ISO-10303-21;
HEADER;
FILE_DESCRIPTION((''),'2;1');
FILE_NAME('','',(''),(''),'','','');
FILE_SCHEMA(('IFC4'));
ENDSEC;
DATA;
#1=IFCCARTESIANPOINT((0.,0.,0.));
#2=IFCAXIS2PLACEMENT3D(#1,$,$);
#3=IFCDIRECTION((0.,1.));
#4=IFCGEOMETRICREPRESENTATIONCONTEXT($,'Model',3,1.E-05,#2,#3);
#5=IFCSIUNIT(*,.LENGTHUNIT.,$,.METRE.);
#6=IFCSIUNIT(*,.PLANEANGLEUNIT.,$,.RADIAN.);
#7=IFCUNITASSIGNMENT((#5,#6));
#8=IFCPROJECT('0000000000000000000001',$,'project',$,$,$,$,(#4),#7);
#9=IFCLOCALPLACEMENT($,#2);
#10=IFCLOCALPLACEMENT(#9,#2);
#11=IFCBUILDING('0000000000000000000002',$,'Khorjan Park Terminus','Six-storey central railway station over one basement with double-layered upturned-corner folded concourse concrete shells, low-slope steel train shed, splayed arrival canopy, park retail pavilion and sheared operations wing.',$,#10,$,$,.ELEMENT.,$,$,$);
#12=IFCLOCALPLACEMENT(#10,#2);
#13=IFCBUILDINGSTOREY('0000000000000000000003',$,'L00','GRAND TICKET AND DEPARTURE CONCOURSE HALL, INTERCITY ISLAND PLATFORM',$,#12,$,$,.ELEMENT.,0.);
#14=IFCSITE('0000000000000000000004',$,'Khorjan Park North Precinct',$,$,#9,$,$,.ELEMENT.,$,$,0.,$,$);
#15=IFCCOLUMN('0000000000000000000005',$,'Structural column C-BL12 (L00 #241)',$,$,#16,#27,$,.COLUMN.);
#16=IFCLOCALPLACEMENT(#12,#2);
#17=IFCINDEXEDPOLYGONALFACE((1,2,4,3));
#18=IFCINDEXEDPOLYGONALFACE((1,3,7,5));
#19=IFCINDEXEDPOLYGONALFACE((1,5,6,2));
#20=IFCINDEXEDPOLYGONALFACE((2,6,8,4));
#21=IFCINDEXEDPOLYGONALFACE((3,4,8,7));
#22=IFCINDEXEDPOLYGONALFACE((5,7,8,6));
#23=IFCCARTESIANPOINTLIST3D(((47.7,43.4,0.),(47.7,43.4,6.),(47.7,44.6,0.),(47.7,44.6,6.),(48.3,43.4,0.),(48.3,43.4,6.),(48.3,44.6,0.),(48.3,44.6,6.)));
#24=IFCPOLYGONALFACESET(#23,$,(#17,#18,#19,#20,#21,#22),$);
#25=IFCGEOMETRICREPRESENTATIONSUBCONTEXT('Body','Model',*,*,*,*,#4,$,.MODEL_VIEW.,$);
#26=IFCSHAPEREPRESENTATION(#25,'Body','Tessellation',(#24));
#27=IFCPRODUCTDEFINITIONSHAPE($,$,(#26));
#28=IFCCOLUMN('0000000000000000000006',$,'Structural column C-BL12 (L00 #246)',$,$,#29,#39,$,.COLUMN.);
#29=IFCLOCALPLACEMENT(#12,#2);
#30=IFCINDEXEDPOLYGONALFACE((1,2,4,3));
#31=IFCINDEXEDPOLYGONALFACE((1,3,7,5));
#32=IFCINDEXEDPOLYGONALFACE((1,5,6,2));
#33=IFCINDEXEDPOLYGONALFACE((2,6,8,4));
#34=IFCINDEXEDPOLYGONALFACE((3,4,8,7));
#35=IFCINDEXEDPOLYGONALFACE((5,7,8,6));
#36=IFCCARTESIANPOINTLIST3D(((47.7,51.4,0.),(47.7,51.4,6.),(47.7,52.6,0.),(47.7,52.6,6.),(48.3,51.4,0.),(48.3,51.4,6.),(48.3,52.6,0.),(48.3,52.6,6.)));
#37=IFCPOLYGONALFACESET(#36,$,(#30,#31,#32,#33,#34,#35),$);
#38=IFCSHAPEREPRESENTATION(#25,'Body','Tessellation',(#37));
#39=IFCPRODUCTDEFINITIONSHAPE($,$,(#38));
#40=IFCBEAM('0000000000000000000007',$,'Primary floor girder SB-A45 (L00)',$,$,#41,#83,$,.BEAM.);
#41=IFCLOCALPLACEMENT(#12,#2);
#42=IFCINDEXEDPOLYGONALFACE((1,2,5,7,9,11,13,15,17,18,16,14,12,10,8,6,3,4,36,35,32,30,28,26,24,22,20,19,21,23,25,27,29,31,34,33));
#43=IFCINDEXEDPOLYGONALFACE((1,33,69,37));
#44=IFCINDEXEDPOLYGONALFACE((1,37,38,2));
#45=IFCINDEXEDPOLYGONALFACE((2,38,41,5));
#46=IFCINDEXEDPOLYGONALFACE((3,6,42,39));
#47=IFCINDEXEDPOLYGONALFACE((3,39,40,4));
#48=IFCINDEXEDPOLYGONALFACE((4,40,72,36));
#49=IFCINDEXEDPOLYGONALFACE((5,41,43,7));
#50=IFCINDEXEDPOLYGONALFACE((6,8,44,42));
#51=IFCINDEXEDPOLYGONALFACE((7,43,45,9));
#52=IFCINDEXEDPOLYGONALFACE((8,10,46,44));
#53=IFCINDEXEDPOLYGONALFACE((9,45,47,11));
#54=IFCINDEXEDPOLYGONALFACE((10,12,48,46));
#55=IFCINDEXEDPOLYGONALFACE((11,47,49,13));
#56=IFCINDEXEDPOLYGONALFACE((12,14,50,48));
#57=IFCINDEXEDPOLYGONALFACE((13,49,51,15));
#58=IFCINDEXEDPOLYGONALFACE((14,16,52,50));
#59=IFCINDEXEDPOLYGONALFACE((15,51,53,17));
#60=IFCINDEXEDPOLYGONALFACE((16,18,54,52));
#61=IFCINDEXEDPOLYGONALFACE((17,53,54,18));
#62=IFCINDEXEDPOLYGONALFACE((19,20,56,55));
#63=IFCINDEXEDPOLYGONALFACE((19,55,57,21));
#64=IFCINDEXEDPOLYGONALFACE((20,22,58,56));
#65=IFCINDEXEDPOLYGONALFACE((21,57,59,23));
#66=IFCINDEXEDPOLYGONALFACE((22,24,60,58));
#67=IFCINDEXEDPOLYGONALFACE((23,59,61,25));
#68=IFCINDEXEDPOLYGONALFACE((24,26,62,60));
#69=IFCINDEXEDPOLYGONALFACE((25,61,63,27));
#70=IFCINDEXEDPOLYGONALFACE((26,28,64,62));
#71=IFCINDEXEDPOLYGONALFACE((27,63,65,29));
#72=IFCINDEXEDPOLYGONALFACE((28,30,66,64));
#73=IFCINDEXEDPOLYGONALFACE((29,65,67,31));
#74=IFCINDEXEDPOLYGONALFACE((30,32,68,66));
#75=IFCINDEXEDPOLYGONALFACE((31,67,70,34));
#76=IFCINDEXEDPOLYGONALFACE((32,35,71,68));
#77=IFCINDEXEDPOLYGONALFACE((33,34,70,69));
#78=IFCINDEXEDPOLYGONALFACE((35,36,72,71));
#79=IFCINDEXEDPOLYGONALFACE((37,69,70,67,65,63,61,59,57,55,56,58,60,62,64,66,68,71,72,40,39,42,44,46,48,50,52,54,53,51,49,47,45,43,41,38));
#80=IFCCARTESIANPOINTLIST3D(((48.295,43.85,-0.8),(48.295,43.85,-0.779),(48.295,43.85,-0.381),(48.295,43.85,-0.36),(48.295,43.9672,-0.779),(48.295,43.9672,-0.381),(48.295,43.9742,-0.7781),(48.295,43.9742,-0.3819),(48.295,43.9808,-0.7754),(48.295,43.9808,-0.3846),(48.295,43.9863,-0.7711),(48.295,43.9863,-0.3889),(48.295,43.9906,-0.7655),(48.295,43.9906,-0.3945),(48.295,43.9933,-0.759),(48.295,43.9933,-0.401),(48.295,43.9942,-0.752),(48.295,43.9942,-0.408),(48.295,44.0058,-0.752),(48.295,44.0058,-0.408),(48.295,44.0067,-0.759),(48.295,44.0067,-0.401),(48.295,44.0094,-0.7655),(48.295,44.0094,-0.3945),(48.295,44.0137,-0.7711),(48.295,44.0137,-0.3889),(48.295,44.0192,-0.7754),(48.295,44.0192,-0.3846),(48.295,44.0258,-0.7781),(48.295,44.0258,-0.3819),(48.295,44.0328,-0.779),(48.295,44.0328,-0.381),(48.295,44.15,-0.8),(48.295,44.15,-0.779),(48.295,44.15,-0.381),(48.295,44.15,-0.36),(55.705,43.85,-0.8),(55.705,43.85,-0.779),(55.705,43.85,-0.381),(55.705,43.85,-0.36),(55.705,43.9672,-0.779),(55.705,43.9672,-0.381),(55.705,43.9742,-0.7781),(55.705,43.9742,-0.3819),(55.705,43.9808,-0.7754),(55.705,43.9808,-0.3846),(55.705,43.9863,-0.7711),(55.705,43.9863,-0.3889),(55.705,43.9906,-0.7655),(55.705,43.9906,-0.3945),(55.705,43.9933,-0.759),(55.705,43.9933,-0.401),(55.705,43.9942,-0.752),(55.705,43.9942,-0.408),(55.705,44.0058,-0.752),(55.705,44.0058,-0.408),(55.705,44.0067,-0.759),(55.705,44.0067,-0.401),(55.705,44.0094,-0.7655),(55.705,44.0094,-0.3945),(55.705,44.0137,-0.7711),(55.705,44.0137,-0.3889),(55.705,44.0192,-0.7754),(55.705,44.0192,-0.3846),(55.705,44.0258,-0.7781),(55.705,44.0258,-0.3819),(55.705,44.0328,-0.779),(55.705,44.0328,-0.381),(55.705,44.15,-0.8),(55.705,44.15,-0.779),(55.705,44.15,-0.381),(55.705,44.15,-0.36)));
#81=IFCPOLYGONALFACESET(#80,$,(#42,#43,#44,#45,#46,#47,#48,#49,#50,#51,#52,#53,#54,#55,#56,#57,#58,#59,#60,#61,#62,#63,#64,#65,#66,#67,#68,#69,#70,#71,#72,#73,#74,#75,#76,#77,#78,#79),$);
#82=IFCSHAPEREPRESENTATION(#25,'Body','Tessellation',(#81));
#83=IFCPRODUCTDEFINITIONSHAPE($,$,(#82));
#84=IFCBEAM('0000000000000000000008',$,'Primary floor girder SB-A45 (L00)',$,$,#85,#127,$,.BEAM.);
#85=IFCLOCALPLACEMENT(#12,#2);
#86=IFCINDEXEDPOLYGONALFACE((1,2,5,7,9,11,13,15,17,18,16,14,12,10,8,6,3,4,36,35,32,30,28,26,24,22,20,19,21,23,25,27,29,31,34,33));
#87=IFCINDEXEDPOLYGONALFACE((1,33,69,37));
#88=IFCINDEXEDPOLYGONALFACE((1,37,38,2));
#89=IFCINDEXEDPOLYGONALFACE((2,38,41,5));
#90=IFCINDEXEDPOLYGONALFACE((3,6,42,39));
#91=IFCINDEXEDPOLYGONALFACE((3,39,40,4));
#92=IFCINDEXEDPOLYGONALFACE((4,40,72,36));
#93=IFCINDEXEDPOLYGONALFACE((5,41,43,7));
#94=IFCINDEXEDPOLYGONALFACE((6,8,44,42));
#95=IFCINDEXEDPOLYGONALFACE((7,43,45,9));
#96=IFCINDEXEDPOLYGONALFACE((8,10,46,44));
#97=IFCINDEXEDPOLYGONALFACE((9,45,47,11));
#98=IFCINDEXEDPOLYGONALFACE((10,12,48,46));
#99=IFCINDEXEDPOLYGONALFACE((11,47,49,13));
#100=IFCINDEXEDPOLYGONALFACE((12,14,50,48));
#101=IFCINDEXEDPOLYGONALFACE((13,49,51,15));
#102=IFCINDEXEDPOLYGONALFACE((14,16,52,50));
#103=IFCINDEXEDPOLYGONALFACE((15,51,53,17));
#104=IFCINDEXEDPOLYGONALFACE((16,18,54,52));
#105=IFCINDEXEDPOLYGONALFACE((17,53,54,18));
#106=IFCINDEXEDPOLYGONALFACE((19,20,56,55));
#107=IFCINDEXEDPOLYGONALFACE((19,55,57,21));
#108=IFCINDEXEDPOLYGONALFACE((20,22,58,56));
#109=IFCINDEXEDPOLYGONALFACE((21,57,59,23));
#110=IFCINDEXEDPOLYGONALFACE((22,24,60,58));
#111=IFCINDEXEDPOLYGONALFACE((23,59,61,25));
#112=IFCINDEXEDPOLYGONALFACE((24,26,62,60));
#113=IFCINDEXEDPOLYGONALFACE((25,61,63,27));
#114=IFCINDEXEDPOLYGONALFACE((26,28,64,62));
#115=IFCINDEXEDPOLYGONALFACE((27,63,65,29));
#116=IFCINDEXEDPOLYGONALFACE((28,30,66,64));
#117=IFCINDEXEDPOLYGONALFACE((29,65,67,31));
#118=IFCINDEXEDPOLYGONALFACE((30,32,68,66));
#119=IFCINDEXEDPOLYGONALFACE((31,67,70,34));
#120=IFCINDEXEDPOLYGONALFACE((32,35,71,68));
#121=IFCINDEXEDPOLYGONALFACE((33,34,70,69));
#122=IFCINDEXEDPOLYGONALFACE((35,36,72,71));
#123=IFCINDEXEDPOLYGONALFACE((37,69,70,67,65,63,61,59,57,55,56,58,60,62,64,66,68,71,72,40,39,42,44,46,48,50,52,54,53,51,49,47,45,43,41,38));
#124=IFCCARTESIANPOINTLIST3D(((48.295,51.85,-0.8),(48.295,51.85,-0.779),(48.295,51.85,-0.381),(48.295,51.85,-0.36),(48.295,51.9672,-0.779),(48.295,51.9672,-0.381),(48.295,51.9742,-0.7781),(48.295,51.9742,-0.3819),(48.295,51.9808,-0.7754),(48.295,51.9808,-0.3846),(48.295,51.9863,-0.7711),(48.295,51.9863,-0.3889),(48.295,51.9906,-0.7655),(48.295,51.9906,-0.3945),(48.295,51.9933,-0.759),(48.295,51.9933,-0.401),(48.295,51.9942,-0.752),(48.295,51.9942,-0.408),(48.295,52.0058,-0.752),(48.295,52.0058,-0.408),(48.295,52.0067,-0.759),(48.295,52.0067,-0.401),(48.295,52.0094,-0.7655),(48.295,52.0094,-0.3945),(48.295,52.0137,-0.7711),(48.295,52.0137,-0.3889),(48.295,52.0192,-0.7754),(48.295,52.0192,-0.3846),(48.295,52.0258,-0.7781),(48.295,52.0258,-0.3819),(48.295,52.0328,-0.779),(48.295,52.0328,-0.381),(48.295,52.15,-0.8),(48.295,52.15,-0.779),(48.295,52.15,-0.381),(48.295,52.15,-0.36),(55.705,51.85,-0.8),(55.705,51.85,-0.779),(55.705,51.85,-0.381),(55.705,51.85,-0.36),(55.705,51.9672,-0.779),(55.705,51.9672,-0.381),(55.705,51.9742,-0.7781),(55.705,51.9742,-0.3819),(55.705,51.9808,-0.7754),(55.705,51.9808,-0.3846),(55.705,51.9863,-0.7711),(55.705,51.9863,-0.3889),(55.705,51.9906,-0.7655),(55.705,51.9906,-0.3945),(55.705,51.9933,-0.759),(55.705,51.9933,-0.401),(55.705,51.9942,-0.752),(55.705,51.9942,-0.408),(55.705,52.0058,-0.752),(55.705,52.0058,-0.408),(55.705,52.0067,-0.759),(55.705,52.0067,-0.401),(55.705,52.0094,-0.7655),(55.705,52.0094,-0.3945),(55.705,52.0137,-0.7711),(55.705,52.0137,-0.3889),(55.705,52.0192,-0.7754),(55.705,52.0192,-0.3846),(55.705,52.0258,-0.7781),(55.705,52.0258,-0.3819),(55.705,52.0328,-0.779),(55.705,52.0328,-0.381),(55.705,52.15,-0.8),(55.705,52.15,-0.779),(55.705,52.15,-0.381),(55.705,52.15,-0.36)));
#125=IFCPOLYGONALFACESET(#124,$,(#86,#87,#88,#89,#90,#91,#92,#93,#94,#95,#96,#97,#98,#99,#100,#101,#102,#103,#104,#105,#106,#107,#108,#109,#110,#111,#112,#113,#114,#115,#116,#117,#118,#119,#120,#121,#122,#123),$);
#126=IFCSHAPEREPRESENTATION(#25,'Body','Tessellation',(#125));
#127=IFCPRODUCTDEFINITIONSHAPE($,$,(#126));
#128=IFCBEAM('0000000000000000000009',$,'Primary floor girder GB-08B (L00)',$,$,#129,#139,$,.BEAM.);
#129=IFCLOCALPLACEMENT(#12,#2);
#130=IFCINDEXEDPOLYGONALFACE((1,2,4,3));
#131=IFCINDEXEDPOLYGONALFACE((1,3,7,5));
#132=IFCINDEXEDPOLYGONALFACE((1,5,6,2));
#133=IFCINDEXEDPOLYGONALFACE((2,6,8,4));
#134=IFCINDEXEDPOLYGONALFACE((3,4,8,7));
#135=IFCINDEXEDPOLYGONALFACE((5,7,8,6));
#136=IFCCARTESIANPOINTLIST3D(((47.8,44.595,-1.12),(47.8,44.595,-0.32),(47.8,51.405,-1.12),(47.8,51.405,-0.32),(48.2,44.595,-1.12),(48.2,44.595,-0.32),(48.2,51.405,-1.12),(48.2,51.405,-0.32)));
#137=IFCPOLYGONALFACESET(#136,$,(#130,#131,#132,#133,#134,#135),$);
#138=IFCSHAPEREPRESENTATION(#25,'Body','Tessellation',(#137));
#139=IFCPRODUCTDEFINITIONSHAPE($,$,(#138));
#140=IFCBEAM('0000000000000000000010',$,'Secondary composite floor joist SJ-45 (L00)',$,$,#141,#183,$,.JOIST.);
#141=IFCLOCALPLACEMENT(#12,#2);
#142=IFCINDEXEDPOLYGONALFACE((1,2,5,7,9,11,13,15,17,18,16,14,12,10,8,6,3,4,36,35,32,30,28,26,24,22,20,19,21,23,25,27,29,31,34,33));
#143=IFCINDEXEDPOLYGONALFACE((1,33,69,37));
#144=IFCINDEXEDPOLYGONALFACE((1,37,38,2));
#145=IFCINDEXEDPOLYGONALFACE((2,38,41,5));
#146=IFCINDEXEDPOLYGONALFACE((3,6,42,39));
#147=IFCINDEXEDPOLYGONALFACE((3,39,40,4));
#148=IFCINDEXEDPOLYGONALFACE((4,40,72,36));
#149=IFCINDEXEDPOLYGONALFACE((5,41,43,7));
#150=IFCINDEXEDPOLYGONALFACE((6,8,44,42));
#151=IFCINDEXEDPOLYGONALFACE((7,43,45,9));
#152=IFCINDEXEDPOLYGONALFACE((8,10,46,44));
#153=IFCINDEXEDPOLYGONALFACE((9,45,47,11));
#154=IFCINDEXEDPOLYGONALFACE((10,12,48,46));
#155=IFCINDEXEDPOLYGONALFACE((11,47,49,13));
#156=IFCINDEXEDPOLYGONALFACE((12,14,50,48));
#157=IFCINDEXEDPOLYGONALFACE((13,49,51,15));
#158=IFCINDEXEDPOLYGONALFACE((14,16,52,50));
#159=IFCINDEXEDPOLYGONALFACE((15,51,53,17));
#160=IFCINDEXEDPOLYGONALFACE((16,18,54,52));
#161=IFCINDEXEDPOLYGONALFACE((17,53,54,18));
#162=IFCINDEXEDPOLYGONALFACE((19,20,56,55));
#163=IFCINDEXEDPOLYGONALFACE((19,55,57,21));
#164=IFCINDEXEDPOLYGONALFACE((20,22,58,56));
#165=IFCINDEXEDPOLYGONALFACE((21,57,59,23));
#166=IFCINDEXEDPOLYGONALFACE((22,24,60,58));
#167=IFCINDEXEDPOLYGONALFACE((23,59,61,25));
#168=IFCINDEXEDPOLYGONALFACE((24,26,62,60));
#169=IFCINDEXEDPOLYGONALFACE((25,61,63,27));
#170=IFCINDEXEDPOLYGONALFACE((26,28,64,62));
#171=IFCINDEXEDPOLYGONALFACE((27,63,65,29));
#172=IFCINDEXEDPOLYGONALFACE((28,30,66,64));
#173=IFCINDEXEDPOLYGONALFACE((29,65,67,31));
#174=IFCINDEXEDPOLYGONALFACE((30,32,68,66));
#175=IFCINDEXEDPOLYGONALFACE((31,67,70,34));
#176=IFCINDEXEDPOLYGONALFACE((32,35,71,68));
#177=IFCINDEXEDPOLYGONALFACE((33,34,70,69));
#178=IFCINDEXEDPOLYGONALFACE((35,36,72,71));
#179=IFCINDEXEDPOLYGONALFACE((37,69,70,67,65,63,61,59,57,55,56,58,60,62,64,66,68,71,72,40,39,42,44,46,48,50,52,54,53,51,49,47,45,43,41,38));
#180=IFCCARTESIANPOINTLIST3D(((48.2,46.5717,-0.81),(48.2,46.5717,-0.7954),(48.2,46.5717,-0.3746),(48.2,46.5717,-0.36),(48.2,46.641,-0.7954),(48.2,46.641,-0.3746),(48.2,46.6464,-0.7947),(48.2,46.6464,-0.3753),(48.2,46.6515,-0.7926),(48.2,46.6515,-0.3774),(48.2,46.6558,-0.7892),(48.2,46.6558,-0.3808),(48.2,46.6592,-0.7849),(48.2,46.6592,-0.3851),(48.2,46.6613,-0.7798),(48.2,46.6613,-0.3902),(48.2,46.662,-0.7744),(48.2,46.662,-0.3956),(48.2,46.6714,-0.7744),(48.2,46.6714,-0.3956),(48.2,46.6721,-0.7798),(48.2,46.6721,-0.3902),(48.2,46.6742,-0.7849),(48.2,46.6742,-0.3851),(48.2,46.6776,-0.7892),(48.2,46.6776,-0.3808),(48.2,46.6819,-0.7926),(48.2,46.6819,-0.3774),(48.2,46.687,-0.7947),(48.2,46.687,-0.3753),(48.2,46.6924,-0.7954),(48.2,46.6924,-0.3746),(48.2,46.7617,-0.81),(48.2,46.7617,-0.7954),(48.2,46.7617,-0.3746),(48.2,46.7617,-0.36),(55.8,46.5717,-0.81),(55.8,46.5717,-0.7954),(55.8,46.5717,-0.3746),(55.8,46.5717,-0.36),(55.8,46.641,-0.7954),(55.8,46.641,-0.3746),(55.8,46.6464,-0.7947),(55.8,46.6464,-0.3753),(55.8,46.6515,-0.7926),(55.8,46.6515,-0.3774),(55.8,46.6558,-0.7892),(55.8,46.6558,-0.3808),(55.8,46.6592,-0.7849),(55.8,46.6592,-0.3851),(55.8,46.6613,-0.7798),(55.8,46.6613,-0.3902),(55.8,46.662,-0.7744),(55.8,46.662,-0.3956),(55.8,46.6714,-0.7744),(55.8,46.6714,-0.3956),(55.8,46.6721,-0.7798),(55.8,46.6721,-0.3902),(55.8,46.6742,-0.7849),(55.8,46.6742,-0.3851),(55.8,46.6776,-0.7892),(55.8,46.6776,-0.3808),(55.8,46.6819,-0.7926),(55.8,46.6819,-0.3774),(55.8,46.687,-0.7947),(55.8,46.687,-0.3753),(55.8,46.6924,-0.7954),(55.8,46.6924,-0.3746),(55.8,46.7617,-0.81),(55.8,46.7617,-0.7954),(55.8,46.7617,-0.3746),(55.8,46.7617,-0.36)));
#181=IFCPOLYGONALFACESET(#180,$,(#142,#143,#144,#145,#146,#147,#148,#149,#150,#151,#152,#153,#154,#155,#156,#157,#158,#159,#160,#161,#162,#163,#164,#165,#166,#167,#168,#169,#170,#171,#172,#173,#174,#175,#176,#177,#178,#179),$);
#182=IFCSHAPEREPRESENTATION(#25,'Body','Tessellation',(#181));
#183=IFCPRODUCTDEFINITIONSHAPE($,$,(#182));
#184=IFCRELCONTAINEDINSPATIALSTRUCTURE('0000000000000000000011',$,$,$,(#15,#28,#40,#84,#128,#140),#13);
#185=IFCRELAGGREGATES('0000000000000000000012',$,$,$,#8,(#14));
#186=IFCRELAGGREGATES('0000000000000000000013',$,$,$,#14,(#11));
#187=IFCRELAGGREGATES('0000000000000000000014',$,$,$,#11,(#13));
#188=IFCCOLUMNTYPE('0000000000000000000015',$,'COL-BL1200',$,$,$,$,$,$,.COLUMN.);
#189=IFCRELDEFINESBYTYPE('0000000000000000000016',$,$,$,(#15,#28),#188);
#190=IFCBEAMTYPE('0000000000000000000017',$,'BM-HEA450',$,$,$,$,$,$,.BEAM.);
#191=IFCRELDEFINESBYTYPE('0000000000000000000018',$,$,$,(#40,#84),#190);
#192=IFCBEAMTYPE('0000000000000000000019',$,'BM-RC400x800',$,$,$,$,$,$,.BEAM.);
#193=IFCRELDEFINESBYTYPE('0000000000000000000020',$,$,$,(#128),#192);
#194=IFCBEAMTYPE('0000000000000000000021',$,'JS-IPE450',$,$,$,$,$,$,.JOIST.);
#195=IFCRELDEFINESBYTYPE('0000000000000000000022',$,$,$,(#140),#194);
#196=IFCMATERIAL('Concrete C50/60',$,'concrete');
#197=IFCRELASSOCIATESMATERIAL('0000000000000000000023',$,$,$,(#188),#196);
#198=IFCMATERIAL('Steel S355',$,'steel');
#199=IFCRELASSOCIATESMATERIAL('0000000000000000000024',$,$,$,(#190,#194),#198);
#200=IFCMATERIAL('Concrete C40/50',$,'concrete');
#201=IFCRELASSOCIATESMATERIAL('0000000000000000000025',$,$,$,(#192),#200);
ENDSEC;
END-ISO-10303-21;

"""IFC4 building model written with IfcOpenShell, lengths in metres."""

from ifc_helpers import new_model, si_unit, direction, frame, origin, origin_2d, place, context, subcontext, project, spatial, rectangle, i_section, extrude, material, material_profile, profile_set, type_object, element, save


model = new_model("IFC4")

# Units and contexts
model_context = context("Model", 3, precision=1e-05, world=origin(), true_north=direction((0.0, 1.0)))
body_context = subcontext(model_context, "Body", "Model", "MODEL_VIEW")
ifc_project = project(units=[si_unit("LENGTHUNIT", "METRE"), si_unit("PLANEANGLEUNIT", "RADIAN")], contexts=[model_context])

# Site, building, storey
site_placement = place(None, origin())
site = spatial("IfcSite", under=ifc_project, at=site_placement, Name="Khorjan Park North Precinct", CompositionType="ELEMENT", RefElevation=0.0)
building_placement = place(site_placement, origin())
building = spatial("IfcBuilding", under=site, at=building_placement, Name="Khorjan Park Terminus", Description="Six-storey central railway station over one basement with double-layered upturned-corner folded concourse concrete shells, low-slope steel train shed, splayed arrival canopy, park retail pavilion and sheared operations wing.", CompositionType="ELEMENT")
storey_placement = place(building_placement, origin())
storey = spatial("IfcBuildingStorey", under=building, at=storey_placement, Name="L00", Description="GRAND TICKET AND DEPARTURE CONCOURSE HALL, INTERCITY ISLAND PLATFORM", CompositionType="ELEMENT", Elevation=0.0)

# Columns
ifc_material_1 = material(Name="Concrete C50/60", Category="concrete")
ifc_material_profile_1 = material_profile(ifc_material_1, rectangle(XDim=0.6, YDim=1.2, at=origin_2d()), Name="RC 600x1200")
ifc_profile_set_1 = profile_set([ifc_material_profile_1], Name="Concrete C50/60")
column_type = type_object("IfcColumnType", Name="COL-BL1200", PredefinedType="COLUMN", material=ifc_profile_set_1)
for number, where, z_axis, x_axis, name in (
    (1, (48.0, 44.0, 0.0), (0.0, 0.0, 1.0), (1.0, 0.0, 0.0), "Structural column C-BL12 (L00 #241)"),
    (2, (48.0, 52.0, 0.0), (0.0, 0.0, 1.0), (1.0, 0.0, 0.0), "Structural column C-BL12 (L00 #246)"),
):
    element("IfcColumn", number, at=place(storey_placement, frame(where, z_axis=z_axis, x_axis=x_axis)), inside=storey, type_object=column_type, Name=name, PredefinedType="COLUMN", context=body_context, shape_type="SweptSolid", body=[
        extrude(rectangle(XDim=0.6, YDim=1.2, at=origin_2d()), origin(), (0.0, 0.0, 1.0), 6.0),
    ])

# Beams
ifc_material_2 = material(Name="Steel S355", Category="steel")
ifc_material_profile_2 = material_profile(ifc_material_2, i_section(OverallWidth=0.3, OverallDepth=0.44, WebThickness=0.0115, FlangeThickness=0.021, FilletRadius=0.027, at=origin_2d()), Name="HEA 450")
ifc_profile_set_2 = profile_set([ifc_material_profile_2], Name="Steel S355")
beam_type_1 = type_object("IfcBeamType", Name="BM-HEA450", PredefinedType="BEAM", material=ifc_profile_set_2)
for number, where, z_axis, x_axis, name in (
    (3, (48.295, 44.0, -0.58), (1.0, 0.0, 0.0), (0.0, 1.0, 0.0), "Primary floor girder SB-A45 (L00)"),
    (4, (48.295, 52.0, -0.58), (1.0, 0.0, 0.0), (0.0, 1.0, 0.0), "Primary floor girder SB-A45 (L00)"),
):
    element("IfcBeam", number, at=place(storey_placement, frame(where, z_axis=z_axis, x_axis=x_axis)), inside=storey, type_object=beam_type_1, Name=name, PredefinedType="BEAM", context=body_context, shape_type="SweptSolid", body=[
        extrude(i_section(OverallWidth=0.3, OverallDepth=0.44, WebThickness=0.0115, FlangeThickness=0.021, FilletRadius=0.027, at=origin_2d()), origin(), (0.0, 0.0, 1.0), 7.41),
    ])
ifc_material_3 = material(Name="Concrete C40/50", Category="concrete")
ifc_material_profile_3 = material_profile(ifc_material_3, rectangle(XDim=0.4, YDim=0.8, at=origin_2d()), Name="RC 400x800")
ifc_profile_set_3 = profile_set([ifc_material_profile_3], Name="Concrete C40/50")
beam_type_2 = type_object("IfcBeamType", Name="BM-RC400x800", PredefinedType="BEAM", material=ifc_profile_set_3)
beam_1_placement = place(storey_placement, frame((48.0, 44.595, -0.72), z_axis=(0.0, 1.0, 0.0), x_axis=(-1.0, 0.0, 0.0)))
element("IfcBeam", 5, at=beam_1_placement, inside=storey, type_object=beam_type_2, Name="Primary floor girder GB-08B (L00)", PredefinedType="BEAM", context=body_context, shape_type="SweptSolid", body=[
    extrude(rectangle(XDim=0.4, YDim=0.8, at=origin_2d()), origin(), (0.0, 0.0, 1.0), 6.81),
])
ifc_material_profile_4 = material_profile(ifc_material_2, i_section(OverallWidth=0.19, OverallDepth=0.45, WebThickness=0.0094, FlangeThickness=0.0146, FilletRadius=0.021, at=origin_2d()), Name="IPE 450")
ifc_profile_set_4 = profile_set([ifc_material_profile_4], Name="Steel S355")
beam_type_3 = type_object("IfcBeamType", Name="JS-IPE450", PredefinedType="JOIST", material=ifc_profile_set_4)
beam_2_placement = place(storey_placement, frame((48.2, 46.6667, -0.585), z_axis=(1.0, 0.0, 0.0), x_axis=(0.0, 1.0, 0.0)))
element("IfcBeam", 6, at=beam_2_placement, inside=storey, type_object=beam_type_3, Name="Secondary composite floor joist SJ-45 (L00)", PredefinedType="JOIST", context=body_context, shape_type="SweptSolid", body=[
    extrude(i_section(OverallWidth=0.19, OverallDepth=0.45, WebThickness=0.0094, FlangeThickness=0.0146, FilletRadius=0.021, at=origin_2d()), origin(), (0.0, 0.0, 1.0), 7.6),
])

save(model, "model.ifc")
